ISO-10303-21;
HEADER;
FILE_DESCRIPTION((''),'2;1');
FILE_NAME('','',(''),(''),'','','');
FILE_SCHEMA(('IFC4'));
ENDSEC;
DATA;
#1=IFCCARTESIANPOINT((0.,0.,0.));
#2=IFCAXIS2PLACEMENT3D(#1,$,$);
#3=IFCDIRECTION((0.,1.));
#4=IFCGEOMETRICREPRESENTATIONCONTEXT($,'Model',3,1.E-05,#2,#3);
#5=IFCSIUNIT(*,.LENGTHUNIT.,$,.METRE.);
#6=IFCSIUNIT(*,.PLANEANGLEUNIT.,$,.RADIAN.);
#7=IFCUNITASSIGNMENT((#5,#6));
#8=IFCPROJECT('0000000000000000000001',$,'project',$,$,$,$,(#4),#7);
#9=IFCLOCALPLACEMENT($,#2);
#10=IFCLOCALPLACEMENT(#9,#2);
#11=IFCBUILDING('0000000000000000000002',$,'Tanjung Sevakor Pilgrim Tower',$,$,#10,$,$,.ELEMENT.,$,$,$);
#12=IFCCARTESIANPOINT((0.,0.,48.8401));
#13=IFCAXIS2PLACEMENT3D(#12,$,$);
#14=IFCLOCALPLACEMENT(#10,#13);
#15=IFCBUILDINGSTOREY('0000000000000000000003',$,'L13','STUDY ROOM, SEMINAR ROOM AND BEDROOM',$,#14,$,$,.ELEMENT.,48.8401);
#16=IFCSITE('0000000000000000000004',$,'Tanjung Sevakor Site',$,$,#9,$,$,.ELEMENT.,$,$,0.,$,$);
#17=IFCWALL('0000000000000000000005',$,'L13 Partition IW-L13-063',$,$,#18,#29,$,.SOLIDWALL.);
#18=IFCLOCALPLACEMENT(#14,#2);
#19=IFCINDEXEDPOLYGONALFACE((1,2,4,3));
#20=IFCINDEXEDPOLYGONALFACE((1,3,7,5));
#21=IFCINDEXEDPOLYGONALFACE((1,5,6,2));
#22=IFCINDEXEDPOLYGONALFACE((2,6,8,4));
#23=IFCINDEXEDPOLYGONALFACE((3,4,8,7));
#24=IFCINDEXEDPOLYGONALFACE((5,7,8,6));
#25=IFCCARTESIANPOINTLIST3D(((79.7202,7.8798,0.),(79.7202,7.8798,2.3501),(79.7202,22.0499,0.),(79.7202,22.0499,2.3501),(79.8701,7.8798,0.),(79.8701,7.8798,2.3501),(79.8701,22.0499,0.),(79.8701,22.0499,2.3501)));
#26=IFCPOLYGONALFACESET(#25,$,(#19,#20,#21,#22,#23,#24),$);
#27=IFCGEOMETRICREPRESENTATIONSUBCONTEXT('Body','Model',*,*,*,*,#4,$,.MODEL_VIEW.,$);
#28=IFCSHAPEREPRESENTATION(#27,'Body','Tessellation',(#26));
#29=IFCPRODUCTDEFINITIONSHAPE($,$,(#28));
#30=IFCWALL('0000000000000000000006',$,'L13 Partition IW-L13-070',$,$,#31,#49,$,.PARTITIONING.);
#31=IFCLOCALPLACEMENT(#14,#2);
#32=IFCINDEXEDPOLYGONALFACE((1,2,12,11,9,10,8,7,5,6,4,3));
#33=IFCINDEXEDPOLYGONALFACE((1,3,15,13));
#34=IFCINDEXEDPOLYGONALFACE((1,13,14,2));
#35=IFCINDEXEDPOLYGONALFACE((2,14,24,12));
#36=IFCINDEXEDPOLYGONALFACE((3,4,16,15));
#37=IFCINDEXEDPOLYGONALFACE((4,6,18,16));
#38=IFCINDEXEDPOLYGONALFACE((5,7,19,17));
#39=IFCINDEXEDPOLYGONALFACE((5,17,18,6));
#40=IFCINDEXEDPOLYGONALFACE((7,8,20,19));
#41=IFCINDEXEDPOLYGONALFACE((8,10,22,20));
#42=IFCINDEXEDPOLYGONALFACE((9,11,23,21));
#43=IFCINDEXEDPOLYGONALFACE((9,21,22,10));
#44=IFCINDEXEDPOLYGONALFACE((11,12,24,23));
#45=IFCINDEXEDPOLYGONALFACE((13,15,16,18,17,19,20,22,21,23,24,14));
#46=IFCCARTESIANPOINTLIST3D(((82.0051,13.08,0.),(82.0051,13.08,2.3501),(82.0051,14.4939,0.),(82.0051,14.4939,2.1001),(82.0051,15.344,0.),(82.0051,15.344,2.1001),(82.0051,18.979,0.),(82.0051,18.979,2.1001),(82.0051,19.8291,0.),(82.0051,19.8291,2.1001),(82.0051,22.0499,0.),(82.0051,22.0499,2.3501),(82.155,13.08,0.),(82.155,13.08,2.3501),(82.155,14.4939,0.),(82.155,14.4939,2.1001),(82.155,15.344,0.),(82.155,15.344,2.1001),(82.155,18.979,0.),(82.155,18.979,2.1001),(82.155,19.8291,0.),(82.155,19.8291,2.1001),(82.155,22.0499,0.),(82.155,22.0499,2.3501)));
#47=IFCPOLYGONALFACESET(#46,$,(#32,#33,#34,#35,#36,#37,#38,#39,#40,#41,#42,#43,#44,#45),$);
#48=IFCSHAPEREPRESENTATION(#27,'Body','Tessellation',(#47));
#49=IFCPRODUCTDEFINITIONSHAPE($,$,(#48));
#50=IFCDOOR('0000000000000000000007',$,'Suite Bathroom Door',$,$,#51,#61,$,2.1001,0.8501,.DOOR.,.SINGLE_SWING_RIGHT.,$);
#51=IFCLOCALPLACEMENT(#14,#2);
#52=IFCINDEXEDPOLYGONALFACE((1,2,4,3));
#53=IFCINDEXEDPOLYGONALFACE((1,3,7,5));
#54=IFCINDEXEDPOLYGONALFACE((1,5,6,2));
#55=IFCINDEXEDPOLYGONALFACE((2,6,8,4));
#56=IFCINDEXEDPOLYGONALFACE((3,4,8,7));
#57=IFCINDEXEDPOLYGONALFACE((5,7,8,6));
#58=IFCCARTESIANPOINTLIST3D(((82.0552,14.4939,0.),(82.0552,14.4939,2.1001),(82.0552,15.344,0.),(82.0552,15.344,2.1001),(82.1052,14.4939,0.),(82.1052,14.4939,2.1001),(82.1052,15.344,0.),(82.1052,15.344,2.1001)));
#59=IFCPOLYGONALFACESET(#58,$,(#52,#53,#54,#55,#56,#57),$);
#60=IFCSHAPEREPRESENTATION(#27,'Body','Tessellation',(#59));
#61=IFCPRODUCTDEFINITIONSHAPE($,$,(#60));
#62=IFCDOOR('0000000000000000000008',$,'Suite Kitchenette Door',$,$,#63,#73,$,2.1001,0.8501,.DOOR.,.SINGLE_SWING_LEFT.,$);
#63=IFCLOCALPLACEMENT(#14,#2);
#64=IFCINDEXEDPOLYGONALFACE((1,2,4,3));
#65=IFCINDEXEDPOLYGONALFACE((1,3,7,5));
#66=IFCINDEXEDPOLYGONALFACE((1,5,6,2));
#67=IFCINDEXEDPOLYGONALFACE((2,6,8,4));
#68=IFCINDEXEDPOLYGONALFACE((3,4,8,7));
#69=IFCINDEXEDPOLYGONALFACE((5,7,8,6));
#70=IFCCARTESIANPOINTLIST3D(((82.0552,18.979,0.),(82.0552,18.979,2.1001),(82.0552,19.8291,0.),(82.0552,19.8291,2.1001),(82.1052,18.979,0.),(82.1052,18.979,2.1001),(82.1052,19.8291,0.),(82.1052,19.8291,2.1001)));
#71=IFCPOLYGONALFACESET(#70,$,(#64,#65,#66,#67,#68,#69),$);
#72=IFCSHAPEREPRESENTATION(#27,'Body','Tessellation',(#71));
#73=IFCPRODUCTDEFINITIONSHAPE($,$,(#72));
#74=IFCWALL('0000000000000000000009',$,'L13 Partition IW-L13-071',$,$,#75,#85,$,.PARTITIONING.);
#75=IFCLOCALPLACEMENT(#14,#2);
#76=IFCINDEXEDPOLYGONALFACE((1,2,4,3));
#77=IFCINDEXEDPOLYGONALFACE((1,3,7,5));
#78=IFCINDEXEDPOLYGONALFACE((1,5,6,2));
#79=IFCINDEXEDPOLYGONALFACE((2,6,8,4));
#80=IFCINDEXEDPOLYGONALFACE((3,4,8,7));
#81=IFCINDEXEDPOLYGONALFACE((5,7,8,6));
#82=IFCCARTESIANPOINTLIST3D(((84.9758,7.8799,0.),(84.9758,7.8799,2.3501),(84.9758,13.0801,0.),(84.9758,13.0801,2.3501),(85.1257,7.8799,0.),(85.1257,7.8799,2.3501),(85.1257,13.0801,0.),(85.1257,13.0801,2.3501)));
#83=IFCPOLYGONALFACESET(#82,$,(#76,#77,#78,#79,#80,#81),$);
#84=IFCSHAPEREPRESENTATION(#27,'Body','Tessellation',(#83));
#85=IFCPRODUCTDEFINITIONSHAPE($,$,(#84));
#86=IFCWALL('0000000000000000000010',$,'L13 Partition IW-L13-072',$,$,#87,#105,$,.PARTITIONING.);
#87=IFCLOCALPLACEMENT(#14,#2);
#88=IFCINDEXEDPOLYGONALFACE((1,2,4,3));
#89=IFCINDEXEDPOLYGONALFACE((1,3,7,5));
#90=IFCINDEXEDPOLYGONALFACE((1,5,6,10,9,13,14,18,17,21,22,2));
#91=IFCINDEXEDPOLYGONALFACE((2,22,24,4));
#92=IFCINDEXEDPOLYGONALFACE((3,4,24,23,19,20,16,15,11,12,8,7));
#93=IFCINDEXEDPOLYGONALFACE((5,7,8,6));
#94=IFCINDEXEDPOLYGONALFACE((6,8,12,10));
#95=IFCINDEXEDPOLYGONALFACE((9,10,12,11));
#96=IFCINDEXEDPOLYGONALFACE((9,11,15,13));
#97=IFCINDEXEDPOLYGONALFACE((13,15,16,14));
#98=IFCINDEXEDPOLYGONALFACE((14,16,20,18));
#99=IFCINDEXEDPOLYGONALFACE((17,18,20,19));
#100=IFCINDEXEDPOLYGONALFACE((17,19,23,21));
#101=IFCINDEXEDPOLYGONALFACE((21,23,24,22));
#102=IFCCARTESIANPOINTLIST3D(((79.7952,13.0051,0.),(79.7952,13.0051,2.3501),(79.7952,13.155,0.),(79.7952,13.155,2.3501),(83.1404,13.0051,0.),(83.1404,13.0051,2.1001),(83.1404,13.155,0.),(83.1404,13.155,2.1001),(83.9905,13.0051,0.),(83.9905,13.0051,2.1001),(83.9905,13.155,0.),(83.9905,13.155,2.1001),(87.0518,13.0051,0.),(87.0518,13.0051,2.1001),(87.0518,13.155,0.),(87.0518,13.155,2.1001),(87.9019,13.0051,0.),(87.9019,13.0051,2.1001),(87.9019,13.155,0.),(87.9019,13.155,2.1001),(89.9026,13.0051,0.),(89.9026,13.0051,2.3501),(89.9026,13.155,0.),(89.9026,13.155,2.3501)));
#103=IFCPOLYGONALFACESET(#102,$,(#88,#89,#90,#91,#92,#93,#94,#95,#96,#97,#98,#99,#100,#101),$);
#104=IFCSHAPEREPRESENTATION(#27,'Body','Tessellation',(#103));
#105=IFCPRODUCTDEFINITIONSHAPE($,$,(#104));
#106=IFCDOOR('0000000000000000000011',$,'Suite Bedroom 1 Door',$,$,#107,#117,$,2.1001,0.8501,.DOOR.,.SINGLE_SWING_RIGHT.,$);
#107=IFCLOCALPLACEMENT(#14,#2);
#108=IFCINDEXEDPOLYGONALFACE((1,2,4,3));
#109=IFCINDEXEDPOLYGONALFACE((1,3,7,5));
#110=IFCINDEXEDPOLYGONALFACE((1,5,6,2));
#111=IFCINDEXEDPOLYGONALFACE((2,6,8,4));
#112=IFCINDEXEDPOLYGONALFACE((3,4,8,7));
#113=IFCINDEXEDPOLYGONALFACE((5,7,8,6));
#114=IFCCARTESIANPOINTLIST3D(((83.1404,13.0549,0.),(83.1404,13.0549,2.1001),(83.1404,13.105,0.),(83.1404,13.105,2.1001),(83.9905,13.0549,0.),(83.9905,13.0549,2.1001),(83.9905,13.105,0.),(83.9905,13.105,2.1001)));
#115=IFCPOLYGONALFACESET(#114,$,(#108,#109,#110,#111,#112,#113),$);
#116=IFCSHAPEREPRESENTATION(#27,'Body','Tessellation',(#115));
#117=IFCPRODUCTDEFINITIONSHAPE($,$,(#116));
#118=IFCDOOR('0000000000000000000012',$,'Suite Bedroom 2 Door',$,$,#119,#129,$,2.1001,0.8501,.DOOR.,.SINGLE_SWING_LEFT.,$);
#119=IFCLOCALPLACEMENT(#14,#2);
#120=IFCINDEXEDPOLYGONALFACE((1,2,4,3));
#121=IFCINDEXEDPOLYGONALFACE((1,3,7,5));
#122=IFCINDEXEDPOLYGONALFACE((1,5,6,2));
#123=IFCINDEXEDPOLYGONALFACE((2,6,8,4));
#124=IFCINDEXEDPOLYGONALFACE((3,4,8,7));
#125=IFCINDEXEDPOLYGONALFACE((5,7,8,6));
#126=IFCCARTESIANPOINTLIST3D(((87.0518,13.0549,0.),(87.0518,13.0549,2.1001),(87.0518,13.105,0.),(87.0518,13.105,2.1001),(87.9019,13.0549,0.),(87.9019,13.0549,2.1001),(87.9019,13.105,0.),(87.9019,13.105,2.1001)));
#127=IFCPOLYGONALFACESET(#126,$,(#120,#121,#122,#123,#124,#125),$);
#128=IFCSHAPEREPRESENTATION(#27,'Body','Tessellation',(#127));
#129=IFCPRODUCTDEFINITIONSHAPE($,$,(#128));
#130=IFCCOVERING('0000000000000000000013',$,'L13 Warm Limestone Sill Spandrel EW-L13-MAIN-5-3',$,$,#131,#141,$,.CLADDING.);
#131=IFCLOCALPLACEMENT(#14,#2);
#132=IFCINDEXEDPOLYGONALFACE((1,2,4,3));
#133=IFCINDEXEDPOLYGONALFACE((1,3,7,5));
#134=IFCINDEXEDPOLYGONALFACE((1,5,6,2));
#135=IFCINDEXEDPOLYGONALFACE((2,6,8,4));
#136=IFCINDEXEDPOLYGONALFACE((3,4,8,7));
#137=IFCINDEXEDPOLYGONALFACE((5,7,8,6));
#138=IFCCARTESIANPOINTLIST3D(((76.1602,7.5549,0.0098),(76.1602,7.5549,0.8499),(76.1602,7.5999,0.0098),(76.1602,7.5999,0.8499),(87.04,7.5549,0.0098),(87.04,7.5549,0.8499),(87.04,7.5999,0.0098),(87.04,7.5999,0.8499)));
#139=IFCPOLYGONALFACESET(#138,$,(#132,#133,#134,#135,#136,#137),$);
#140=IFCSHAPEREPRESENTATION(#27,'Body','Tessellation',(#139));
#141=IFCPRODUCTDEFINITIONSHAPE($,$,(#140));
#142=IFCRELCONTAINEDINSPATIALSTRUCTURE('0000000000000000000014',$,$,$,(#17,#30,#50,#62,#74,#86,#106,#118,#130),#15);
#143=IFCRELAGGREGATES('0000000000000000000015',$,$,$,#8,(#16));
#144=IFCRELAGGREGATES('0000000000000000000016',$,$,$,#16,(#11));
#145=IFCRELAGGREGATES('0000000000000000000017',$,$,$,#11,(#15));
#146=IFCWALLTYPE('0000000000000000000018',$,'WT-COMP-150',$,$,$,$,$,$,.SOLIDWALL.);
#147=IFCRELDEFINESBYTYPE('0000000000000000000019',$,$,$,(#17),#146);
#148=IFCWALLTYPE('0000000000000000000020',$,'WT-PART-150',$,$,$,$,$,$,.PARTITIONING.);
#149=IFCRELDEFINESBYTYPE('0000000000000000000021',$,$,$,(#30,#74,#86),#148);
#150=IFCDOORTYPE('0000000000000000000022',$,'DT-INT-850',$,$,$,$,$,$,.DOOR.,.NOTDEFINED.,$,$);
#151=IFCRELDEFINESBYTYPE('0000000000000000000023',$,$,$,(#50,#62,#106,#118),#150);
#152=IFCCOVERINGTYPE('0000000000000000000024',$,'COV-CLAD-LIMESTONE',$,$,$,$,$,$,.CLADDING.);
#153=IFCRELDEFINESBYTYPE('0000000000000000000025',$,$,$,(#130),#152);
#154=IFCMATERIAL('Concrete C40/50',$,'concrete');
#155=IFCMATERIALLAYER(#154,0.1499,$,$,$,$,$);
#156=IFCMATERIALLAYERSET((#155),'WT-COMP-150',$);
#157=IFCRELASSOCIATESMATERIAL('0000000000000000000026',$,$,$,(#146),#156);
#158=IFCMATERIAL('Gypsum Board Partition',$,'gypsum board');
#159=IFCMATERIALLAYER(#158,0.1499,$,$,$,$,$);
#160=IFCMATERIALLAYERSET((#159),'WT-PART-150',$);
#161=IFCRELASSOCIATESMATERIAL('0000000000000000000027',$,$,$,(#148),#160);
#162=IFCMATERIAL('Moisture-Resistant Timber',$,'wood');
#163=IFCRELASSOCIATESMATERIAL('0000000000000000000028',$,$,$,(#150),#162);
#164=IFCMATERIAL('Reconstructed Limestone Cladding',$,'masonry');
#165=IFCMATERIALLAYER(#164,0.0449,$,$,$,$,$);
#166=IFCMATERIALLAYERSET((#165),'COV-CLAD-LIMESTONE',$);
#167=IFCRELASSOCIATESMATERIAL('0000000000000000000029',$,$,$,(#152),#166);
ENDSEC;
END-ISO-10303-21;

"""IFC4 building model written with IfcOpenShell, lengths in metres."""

from ifc_helpers import new_model, si_unit, direction, frame, frame_2d, origin, origin_2d, place, context, subcontext, project, spatial, rectangle, extrude, material, layer, layer_set, type_object, element, fill, save


model = new_model("IFC4")

# Units and contexts
model_context = context("Model", 3, precision=1e-05, world=origin(), true_north=direction((0.0, 1.0)))
body_context = subcontext(model_context, "Body", "Model", "MODEL_VIEW")
ifc_project = project(units=[si_unit("LENGTHUNIT", "METRE"), si_unit("PLANEANGLEUNIT", "RADIAN")], contexts=[model_context])

# Site, building, storey
site_placement = place(None, origin())
site = spatial("IfcSite", under=ifc_project, at=site_placement, Name="Tanjung Sevakor Site", CompositionType="ELEMENT", RefElevation=0.0)
building_placement = place(site_placement, origin())
building = spatial("IfcBuilding", under=site, at=building_placement, Name="Tanjung Sevakor Pilgrim Tower", CompositionType="ELEMENT")
storey_placement = place(building_placement, frame((0.0, 0.0, 48.8401)))
storey = spatial("IfcBuildingStorey", under=building, at=storey_placement, Name="L13", Description="STUDY ROOM, SEMINAR ROOM AND BEDROOM", CompositionType="ELEMENT", Elevation=48.8401)

# Wall
ifc_material_1 = material(Name="Concrete C40/50", Category="concrete")
ifc_layer_1 = layer(ifc_material_1, 0.1499)
ifc_layer_set_1 = layer_set([ifc_layer_1], Name="WT-COMP-150")
wall_type_1 = type_object("IfcWallType", Name="WT-COMP-150", PredefinedType="SOLIDWALL", material=ifc_layer_set_1)
wall_1_placement = place(storey_placement, frame((79.7952, 7.8799, 0.0), z_axis=(0.0, 0.0, 1.0), x_axis=(0.0, 1.0, 0.0)))
element("IfcWall", 1, at=wall_1_placement, inside=storey, type_object=wall_type_1, Name="L13 Partition IW-L13-063", PredefinedType="SOLIDWALL", context=body_context, shape_type="SweptSolid", body=[
    extrude(rectangle(XDim=14.1702, YDim=0.1499, at=frame_2d((7.085, 0.0))), origin(), (0.0, 0.0, 1.0), 2.3501),
])

# Wall, openings, doors
ifc_material_2 = material(Name="Gypsum Board Partition", Category="gypsum board")
ifc_layer_2 = layer(ifc_material_2, 0.1499)
ifc_layer_set_2 = layer_set([ifc_layer_2], Name="WT-PART-150")
wall_type_2 = type_object("IfcWallType", Name="WT-PART-150", PredefinedType="PARTITIONING", material=ifc_layer_set_2)
wall_2_placement = place(storey_placement, frame((82.0801, 13.0801, 0.0), z_axis=(0.0, 0.0, 1.0), x_axis=(0.0, 1.0, 0.0)))
wall_2 = element("IfcWall", 2, at=wall_2_placement, inside=storey, type_object=wall_type_2, Name="L13 Partition IW-L13-070", PredefinedType="PARTITIONING", context=body_context, shape_type="SweptSolid", body=[
    extrude(rectangle(XDim=8.97, YDim=0.1499, at=frame_2d((4.4849, 0.0))), origin(), (0.0, 0.0, 1.0), 2.3501),
])
opening_1_placement = place(wall_2_placement, frame((1.4138, 0.0, 0.0)))
opening_1 = element("IfcOpeningElement", 3, at=opening_1_placement, cuts=wall_2, PredefinedType="OPENING", context=body_context, shape_type="SweptSolid", body=[
    extrude(rectangle(XDim=0.8501, YDim=2.1001, at=frame_2d((0.425, 1.05))), frame((0.0, 0.085, 0.0), z_axis=(0.0, -1.0, 0.0), x_axis=(1.0, 0.0, 0.0)), (0.0, 0.0, 1.0), 0.1699),
])
opening_2_placement = place(wall_2_placement, frame((5.8989, 0.0, 0.0)))
opening_2 = element("IfcOpeningElement", 4, at=opening_2_placement, cuts=wall_2, PredefinedType="OPENING", context=body_context, shape_type="SweptSolid", body=[
    extrude(rectangle(XDim=0.8501, YDim=2.1001, at=frame_2d((0.425, 1.05))), frame((0.0, 0.085, 0.0), z_axis=(0.0, -1.0, 0.0), x_axis=(1.0, 0.0, 0.0)), (0.0, 0.0, 1.0), 0.1699),
])
ifc_material_3 = material(Name="Moisture-Resistant Timber", Category="wood")
door_type = type_object("IfcDoorType", Name="DT-INT-850", OperationType="NOTDEFINED", PredefinedType="DOOR", material=ifc_material_3)
door_1_placement = place(opening_1_placement, origin())
door_1 = element("IfcDoor", 5, at=door_1_placement, inside=storey, type_object=door_type, Name="Suite Bathroom Door", OperationType="SINGLE_SWING_RIGHT", OverallHeight=2.1001, OverallWidth=0.8501, PredefinedType="DOOR", context=body_context, shape_type="SweptSolid", body=[
    extrude(rectangle(XDim=0.8501, YDim=2.1001, at=frame_2d((0.425, 1.05))), frame((0.0, 0.0249, 0.0), z_axis=(0.0, -1.0, 0.0), x_axis=(1.0, 0.0, 0.0)), (0.0, 0.0, 1.0), 0.05),
])
fill(opening_1, door_1)
door_2_placement = place(opening_2_placement, origin())
door_2 = element("IfcDoor", 6, at=door_2_placement, inside=storey, type_object=door_type, Name="Suite Kitchenette Door", OperationType="SINGLE_SWING_LEFT", OverallHeight=2.1001, OverallWidth=0.8501, PredefinedType="DOOR", context=body_context, shape_type="SweptSolid", body=[
    extrude(rectangle(XDim=0.8501, YDim=2.1001, at=frame_2d((0.425, 1.05))), frame((0.0, 0.0249, 0.0), z_axis=(0.0, -1.0, 0.0), x_axis=(1.0, 0.0, 0.0)), (0.0, 0.0, 1.0), 0.05),
])
fill(opening_2, door_2)

# Wall
wall_3_placement = place(storey_placement, frame((85.0508, 7.8799, 0.0), z_axis=(0.0, 0.0, 1.0), x_axis=(0.0, 1.0, 0.0)))
element("IfcWall", 7, at=wall_3_placement, inside=storey, type_object=wall_type_2, Name="L13 Partition IW-L13-071", PredefinedType="PARTITIONING", context=body_context, shape_type="SweptSolid", body=[
    extrude(rectangle(XDim=5.2002, YDim=0.1499, at=frame_2d((2.6001, 0.0))), origin(), (0.0, 0.0, 1.0), 2.3501),
])

# Wall, openings, doors
wall_4_placement = place(storey_placement, frame((79.7952, 13.0801, 0.0), z_axis=(0.0, 0.0, 1.0), x_axis=(1.0, 0.0, 0.0)))
wall_4 = element("IfcWall", 8, at=wall_4_placement, inside=storey, type_object=wall_type_2, Name="L13 Partition IW-L13-072", PredefinedType="PARTITIONING", context=body_context, shape_type="SweptSolid", body=[
    extrude(rectangle(XDim=10.1074, YDim=0.1499, at=frame_2d((5.0537, 0.0))), origin(), (0.0, 0.0, 1.0), 2.3501),
])
opening_3_placement = place(wall_4_placement, frame((3.3452, 0.0, 0.0)))
opening_3 = element("IfcOpeningElement", 9, at=opening_3_placement, cuts=wall_4, PredefinedType="OPENING", context=body_context, shape_type="SweptSolid", body=[
    extrude(rectangle(XDim=0.8501, YDim=2.1001, at=frame_2d((0.425, 1.05))), frame((0.0, 0.085, 0.0), z_axis=(0.0, -1.0, 0.0), x_axis=(1.0, 0.0, 0.0)), (0.0, 0.0, 1.0), 0.1699),
])
opening_4_placement = place(wall_4_placement, frame((7.2566, 0.0, 0.0)))
opening_4 = element("IfcOpeningElement", 10, at=opening_4_placement, cuts=wall_4, PredefinedType="OPENING", context=body_context, shape_type="SweptSolid", body=[
    extrude(rectangle(XDim=0.8501, YDim=2.1001, at=frame_2d((0.425, 1.05))), frame((0.0, 0.085, 0.0), z_axis=(0.0, -1.0, 0.0), x_axis=(1.0, 0.0, 0.0)), (0.0, 0.0, 1.0), 0.1699),
])
door_3_placement = place(opening_3_placement, origin())
door_3 = element("IfcDoor", 11, at=door_3_placement, inside=storey, type_object=door_type, Name="Suite Bedroom 1 Door", OperationType="SINGLE_SWING_RIGHT", OverallHeight=2.1001, OverallWidth=0.8501, PredefinedType="DOOR", context=body_context, shape_type="SweptSolid", body=[
    extrude(rectangle(XDim=0.8501, YDim=2.1001, at=frame_2d((0.425, 1.05))), frame((0.0, 0.0249, 0.0), z_axis=(0.0, -1.0, 0.0), x_axis=(1.0, 0.0, 0.0)), (0.0, 0.0, 1.0), 0.05),
])
fill(opening_3, door_3)
door_4_placement = place(opening_4_placement, origin())
door_4 = element("IfcDoor", 12, at=door_4_placement, inside=storey, type_object=door_type, Name="Suite Bedroom 2 Door", OperationType="SINGLE_SWING_LEFT", OverallHeight=2.1001, OverallWidth=0.8501, PredefinedType="DOOR", context=body_context, shape_type="SweptSolid", body=[
    extrude(rectangle(XDim=0.8501, YDim=2.1001, at=frame_2d((0.425, 1.05))), frame((0.0, 0.0249, 0.0), z_axis=(0.0, -1.0, 0.0), x_axis=(1.0, 0.0, 0.0)), (0.0, 0.0, 1.0), 0.05),
])
fill(opening_4, door_4)

# Covering
ifc_material_4 = material(Name="Reconstructed Limestone Cladding", Category="masonry")
ifc_layer_3 = layer(ifc_material_4, 0.0449)
ifc_layer_set_3 = layer_set([ifc_layer_3], Name="COV-CLAD-LIMESTONE")
covering_type = type_object("IfcCoveringType", Name="COV-CLAD-LIMESTONE", PredefinedType="CLADDING", material=ifc_layer_set_3)
covering_placement = place(storey_placement, frame((81.6001, 7.5774, 0.0098), z_axis=(0.0, 0.0, 1.0), x_axis=(1.0, 0.0, 0.0)))
element("IfcCovering", 13, at=covering_placement, inside=storey, type_object=covering_type, Name="L13 Warm Limestone Sill Spandrel EW-L13-MAIN-5-3", PredefinedType="CLADDING", context=body_context, shape_type="SweptSolid", body=[
    extrude(rectangle(XDim=10.8799, YDim=0.0449, at=origin_2d()), origin(), (0.0, 0.0, 1.0), 0.8401),
])

save(model, "model.ifc")
